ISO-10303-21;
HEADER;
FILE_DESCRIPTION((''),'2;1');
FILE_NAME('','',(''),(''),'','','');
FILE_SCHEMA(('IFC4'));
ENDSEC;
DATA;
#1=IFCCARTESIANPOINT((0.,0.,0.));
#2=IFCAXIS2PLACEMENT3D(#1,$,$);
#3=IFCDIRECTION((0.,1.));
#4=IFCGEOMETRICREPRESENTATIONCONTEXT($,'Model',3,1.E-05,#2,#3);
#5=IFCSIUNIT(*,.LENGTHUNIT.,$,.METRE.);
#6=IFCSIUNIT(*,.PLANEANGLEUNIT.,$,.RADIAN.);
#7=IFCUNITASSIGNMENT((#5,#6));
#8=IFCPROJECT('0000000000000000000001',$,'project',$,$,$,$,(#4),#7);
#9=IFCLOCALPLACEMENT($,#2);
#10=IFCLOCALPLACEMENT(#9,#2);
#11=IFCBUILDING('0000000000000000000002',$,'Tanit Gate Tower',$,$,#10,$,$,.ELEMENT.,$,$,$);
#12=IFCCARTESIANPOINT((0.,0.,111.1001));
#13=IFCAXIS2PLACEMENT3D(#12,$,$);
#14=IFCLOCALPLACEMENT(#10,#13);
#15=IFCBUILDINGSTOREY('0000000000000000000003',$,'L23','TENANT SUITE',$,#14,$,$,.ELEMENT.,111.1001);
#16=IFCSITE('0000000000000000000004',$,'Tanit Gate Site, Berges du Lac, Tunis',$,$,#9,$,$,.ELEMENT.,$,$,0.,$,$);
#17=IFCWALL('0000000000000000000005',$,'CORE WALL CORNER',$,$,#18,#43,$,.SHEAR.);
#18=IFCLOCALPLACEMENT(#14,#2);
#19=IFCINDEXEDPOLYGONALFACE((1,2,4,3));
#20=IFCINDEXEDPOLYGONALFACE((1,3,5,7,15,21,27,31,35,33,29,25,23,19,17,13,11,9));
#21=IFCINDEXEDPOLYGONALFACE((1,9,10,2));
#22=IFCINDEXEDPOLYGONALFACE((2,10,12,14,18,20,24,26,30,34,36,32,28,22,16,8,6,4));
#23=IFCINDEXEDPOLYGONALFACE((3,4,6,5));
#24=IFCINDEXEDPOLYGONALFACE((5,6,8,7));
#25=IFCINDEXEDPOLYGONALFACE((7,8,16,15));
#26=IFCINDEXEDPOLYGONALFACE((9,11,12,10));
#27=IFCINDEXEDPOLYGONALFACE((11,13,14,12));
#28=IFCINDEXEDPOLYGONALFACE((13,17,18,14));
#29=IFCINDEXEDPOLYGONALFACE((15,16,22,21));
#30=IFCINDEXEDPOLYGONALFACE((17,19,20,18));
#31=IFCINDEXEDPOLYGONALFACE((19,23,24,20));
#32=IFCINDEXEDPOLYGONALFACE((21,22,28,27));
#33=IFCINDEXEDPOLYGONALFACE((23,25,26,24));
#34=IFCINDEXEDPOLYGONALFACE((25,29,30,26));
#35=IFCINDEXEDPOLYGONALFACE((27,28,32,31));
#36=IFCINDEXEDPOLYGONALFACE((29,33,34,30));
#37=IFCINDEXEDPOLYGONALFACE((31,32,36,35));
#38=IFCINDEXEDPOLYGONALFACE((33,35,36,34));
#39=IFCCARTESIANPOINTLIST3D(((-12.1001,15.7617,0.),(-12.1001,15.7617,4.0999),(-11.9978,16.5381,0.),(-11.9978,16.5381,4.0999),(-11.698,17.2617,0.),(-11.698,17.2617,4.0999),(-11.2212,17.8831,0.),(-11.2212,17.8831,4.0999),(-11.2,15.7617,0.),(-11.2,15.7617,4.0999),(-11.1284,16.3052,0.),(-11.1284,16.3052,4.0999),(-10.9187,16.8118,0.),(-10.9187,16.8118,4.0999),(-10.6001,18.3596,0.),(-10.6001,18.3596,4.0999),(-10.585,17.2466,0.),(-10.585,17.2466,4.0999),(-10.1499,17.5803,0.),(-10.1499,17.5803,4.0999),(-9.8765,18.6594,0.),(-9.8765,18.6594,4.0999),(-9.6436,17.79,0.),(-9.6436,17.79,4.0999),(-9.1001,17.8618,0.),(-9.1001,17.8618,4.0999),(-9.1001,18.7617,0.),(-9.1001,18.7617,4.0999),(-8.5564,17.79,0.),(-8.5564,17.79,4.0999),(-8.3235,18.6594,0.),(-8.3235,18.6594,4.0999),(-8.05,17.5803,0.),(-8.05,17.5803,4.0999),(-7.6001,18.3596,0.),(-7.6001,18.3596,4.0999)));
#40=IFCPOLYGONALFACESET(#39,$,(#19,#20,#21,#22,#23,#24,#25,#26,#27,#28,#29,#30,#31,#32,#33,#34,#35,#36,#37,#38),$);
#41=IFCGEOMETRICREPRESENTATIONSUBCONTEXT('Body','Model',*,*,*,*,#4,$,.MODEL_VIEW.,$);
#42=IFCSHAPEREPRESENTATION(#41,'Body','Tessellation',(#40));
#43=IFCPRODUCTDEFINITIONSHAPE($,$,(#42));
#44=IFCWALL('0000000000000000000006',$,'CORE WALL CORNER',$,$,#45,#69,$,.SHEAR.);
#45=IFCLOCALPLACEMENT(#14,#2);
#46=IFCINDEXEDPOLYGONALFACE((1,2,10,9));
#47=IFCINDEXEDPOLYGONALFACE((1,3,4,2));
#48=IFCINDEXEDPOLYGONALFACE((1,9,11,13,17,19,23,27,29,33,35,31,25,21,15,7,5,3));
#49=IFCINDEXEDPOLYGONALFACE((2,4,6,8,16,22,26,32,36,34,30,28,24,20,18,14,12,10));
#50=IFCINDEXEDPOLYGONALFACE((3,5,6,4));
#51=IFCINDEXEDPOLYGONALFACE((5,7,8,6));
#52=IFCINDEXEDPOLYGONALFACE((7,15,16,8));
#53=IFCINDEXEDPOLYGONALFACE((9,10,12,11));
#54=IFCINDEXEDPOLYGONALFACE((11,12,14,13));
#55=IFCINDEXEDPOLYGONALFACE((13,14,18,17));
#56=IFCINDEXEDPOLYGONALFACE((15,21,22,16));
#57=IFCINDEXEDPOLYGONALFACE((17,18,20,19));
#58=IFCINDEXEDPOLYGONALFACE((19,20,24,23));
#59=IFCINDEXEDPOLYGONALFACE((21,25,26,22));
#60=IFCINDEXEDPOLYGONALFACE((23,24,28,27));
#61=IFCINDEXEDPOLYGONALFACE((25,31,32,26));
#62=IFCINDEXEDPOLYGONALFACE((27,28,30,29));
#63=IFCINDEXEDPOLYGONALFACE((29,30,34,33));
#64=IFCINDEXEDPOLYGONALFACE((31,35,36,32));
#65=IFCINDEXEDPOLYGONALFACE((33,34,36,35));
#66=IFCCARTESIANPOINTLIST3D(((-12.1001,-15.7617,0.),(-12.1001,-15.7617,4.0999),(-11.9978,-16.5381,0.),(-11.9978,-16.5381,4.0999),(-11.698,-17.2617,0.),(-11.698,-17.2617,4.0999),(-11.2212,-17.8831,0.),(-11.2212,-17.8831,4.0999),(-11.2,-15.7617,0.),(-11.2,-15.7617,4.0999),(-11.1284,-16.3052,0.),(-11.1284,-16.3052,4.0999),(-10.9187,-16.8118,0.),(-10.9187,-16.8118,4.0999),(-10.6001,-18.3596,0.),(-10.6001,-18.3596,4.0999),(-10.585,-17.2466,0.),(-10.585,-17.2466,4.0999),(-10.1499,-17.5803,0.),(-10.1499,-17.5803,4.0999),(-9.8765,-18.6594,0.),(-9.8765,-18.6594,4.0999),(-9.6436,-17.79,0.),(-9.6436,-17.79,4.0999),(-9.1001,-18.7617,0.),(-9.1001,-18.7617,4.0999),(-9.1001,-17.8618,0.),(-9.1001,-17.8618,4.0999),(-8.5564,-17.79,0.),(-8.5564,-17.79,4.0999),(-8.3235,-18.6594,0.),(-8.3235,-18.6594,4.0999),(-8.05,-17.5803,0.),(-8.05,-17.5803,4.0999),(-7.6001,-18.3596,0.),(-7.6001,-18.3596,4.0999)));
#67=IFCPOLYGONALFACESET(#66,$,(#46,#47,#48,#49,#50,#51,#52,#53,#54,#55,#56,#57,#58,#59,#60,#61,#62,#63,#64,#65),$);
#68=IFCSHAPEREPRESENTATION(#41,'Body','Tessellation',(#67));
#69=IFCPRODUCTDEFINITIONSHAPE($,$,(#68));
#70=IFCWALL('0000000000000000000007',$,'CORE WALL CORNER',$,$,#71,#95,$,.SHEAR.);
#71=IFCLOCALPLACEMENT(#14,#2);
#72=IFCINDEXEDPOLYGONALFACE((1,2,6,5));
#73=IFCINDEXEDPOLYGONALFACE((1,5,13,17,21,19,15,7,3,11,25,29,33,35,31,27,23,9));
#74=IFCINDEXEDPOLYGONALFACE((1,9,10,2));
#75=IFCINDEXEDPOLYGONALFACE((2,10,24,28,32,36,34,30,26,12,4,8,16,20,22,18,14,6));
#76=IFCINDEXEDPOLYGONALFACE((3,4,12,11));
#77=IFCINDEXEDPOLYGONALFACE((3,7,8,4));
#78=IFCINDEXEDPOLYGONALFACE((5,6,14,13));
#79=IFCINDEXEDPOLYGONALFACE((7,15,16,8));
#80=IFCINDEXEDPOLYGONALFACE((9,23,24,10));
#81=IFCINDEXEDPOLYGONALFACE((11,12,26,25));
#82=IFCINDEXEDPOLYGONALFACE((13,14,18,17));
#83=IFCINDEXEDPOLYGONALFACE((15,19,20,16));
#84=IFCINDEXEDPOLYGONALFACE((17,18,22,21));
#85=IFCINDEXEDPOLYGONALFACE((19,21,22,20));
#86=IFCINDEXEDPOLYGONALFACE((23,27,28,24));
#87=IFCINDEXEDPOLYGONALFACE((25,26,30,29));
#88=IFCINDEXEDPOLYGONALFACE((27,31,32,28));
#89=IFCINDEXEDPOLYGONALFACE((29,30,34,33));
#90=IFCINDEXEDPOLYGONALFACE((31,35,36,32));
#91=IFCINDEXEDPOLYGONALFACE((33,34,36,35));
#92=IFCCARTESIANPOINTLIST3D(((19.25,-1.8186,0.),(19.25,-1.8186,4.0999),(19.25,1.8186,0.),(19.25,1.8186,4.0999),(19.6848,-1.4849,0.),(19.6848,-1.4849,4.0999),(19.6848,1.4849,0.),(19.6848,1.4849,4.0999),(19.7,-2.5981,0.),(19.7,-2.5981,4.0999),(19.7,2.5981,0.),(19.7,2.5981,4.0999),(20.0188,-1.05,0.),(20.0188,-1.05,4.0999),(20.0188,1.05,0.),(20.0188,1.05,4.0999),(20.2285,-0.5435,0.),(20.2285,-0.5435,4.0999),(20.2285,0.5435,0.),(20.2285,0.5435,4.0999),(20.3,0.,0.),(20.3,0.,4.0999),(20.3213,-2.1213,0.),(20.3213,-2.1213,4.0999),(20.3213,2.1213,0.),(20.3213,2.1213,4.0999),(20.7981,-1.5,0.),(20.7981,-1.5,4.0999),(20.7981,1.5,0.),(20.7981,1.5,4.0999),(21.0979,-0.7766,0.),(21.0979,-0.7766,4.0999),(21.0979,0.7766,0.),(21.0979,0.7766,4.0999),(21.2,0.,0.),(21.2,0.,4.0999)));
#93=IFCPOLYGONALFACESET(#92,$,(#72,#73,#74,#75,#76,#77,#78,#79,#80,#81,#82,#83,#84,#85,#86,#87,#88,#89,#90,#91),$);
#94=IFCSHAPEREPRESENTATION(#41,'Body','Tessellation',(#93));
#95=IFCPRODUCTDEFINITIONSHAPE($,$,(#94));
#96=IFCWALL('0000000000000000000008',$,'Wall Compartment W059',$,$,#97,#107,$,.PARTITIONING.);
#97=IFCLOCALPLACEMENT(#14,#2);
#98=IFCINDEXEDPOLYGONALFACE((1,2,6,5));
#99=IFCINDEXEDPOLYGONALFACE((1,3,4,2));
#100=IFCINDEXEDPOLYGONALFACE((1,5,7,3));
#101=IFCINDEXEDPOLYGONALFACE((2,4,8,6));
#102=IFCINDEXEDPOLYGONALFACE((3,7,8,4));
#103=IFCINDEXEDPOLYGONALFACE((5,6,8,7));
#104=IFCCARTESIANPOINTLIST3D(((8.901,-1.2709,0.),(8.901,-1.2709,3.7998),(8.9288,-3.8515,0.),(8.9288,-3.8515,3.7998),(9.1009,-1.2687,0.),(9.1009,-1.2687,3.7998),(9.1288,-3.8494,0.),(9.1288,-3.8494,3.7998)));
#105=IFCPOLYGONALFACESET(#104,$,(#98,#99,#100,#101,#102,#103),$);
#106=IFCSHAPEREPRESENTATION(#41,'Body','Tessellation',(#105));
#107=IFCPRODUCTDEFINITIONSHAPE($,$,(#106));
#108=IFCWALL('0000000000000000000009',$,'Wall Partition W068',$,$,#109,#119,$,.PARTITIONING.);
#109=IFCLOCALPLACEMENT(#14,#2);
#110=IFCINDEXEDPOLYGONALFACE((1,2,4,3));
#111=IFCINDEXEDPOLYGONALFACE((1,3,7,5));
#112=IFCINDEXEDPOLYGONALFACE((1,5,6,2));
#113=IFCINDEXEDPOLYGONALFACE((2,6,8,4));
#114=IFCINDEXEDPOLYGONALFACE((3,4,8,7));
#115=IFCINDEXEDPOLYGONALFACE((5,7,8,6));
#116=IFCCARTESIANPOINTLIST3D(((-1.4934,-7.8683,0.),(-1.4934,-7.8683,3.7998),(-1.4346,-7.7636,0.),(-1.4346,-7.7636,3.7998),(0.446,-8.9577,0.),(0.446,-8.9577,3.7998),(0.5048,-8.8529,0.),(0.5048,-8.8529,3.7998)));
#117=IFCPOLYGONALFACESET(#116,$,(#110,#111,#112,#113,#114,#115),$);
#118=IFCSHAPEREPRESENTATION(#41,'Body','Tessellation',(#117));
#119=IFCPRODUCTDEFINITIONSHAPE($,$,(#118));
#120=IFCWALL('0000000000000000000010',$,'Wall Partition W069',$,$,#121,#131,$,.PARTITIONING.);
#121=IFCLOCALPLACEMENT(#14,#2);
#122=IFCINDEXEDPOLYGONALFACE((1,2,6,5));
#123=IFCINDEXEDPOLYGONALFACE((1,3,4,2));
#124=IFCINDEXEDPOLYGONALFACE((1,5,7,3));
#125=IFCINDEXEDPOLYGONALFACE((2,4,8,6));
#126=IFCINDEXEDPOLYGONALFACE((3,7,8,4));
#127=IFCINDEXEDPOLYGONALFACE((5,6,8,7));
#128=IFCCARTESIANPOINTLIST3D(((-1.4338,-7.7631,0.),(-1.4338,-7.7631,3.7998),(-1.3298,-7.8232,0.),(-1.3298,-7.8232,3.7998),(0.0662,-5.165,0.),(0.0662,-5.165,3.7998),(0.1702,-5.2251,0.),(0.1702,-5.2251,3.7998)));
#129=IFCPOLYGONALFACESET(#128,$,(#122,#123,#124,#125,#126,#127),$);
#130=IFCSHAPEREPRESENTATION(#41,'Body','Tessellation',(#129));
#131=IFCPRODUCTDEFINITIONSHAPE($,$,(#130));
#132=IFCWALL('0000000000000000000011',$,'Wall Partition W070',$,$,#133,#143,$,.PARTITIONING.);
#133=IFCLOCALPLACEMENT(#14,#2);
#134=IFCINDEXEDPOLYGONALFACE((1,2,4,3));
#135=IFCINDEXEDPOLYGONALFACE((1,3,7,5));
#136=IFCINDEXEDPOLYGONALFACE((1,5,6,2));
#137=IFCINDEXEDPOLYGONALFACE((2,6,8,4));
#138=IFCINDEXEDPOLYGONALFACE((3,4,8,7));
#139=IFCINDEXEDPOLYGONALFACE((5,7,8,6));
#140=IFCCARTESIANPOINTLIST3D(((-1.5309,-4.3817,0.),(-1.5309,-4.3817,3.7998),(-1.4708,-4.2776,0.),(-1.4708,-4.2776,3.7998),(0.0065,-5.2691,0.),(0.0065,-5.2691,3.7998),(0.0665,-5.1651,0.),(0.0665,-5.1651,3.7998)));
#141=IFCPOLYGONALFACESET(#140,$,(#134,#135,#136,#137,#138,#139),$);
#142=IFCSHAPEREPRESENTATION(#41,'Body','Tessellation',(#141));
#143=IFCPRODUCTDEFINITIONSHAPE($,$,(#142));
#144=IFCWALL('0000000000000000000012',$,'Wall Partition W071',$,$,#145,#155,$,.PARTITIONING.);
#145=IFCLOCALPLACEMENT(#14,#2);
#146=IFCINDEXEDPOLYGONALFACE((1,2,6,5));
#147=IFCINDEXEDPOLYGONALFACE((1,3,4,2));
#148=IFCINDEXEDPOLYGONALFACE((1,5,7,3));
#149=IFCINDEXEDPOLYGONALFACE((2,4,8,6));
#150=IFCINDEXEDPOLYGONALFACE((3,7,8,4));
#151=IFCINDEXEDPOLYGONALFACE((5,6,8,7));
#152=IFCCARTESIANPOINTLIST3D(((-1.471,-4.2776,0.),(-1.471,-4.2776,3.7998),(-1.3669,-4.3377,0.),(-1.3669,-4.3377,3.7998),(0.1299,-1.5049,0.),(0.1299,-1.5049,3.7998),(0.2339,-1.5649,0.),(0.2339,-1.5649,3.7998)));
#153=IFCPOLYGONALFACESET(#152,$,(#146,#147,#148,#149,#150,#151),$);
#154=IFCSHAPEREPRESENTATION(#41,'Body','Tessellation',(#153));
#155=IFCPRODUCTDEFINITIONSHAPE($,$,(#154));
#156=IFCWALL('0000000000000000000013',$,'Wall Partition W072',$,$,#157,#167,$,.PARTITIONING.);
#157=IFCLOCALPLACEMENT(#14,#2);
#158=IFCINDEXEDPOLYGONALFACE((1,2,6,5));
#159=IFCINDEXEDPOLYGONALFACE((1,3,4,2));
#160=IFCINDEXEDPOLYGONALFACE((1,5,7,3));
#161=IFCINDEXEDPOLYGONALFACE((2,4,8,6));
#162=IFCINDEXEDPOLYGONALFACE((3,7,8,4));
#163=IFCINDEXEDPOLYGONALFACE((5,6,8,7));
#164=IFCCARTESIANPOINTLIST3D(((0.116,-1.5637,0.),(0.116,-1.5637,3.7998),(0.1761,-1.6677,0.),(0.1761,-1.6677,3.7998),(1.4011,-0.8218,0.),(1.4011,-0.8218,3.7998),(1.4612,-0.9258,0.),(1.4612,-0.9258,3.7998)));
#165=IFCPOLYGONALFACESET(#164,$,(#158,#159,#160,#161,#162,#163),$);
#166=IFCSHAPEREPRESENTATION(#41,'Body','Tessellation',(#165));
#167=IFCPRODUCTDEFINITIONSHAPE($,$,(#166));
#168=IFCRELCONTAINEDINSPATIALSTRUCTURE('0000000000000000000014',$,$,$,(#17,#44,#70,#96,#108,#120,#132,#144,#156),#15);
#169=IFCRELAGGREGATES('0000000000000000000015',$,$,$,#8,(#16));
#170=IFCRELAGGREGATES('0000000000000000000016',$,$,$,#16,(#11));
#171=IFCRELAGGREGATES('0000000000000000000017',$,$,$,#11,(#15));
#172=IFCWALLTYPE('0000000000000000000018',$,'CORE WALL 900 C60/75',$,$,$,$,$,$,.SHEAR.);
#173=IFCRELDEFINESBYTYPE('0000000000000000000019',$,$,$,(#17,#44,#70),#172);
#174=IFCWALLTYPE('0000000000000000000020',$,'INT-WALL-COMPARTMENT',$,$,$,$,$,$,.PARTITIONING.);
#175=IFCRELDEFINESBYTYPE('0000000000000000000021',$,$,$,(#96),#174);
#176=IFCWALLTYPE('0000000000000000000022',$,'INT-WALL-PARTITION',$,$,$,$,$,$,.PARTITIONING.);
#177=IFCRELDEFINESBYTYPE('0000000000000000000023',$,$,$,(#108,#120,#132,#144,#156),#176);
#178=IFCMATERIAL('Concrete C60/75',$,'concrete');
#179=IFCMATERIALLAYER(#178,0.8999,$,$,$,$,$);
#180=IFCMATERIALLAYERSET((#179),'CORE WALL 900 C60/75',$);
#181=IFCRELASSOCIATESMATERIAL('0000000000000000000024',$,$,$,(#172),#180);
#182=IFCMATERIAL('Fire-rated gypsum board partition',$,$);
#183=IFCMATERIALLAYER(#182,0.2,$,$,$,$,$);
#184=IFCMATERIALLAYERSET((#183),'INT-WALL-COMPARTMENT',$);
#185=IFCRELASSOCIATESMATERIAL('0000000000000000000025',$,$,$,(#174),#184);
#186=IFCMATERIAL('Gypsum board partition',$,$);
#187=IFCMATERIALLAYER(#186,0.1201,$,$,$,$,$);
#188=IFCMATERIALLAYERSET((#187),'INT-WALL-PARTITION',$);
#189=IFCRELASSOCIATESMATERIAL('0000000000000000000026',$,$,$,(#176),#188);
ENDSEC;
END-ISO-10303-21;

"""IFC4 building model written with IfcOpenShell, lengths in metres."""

from ifc_helpers import new_model, si_unit, direction, frame, frame_2d, origin, place, context, subcontext, project, spatial, polyline, rectangle, outline, extrude, material, layer, layer_set, type_object, element, save


model = new_model("IFC4")

# Units and contexts
model_context = context("Model", 3, precision=1e-05, world=origin(), true_north=direction((0.0, 1.0)))
body_context = subcontext(model_context, "Body", "Model", "MODEL_VIEW")
ifc_project = project(units=[si_unit("LENGTHUNIT", "METRE"), si_unit("PLANEANGLEUNIT", "RADIAN")], contexts=[model_context])

# Site, building, storey
site_placement = place(None, origin())
site = spatial("IfcSite", under=ifc_project, at=site_placement, Name="Tanit Gate Site, Berges du Lac, Tunis", CompositionType="ELEMENT", RefElevation=0.0)
building_placement = place(site_placement, origin())
building = spatial("IfcBuilding", under=site, at=building_placement, Name="Tanit Gate Tower", CompositionType="ELEMENT")
storey_placement = place(building_placement, frame((0.0, 0.0, 111.1001)))
storey = spatial("IfcBuildingStorey", under=building, at=storey_placement, Name="L23", Description="TENANT SUITE", CompositionType="ELEMENT", Elevation=111.1001)

# Walls
ifc_material_1 = material(Name="Concrete C60/75", Category="concrete")
ifc_layer_1 = layer(ifc_material_1, 0.8999)
ifc_layer_set_1 = layer_set([ifc_layer_1], Name="CORE WALL 900 C60/75")
wall_type_1 = type_object("IfcWallType", Name="CORE WALL 900 C60/75", PredefinedType="SHEAR", material=ifc_layer_set_1)
wall_1_placement = place(storey_placement, origin())
element("IfcWall", 1, at=wall_1_placement, inside=storey, type_object=wall_type_1, Name="CORE WALL CORNER", PredefinedType="SHEAR", context=body_context, shape_type="SweptSolid", body=[
    extrude(outline(polyline([(-7.6001, 18.3596), (-8.3235, 18.6594), (-9.1001, 18.7617), (-9.8765, 18.6594), (-10.6001, 18.3596), (-11.2212, 17.8831), (-11.698, 17.2617), (-11.9978, 16.5381), (-12.1001, 15.7617), (-11.2, 15.7617), (-11.1284, 16.3052), (-10.9187, 16.8118), (-10.585, 17.2466), (-10.1499, 17.5803), (-9.6436, 17.79), (-9.1001, 17.8618), (-8.5564, 17.79), (-8.05, 17.5803), (-7.6001, 18.3596)])), origin(), (0.0, 0.0, 1.0), 4.0999),
])
wall_2_placement = place(storey_placement, origin())
element("IfcWall", 2, at=wall_2_placement, inside=storey, type_object=wall_type_1, Name="CORE WALL CORNER", PredefinedType="SHEAR", context=body_context, shape_type="SweptSolid", body=[
    extrude(outline(polyline([(-12.1001, -15.7617), (-11.9978, -16.5381), (-11.698, -17.2617), (-11.2212, -17.8831), (-10.6001, -18.3596), (-9.8765, -18.6594), (-9.1001, -18.7617), (-8.3235, -18.6594), (-7.6001, -18.3596), (-8.05, -17.5803), (-8.5564, -17.79), (-9.1001, -17.8618), (-9.6436, -17.79), (-10.1499, -17.5803), (-10.585, -17.2466), (-10.9187, -16.8118), (-11.1284, -16.3052), (-11.2, -15.7617), (-12.1001, -15.7617)])), origin(), (0.0, 0.0, 1.0), 4.0999),
])
wall_3_placement = place(storey_placement, origin())
element("IfcWall", 3, at=wall_3_placement, inside=storey, type_object=wall_type_1, Name="CORE WALL CORNER", PredefinedType="SHEAR", context=body_context, shape_type="SweptSolid", body=[
    extrude(outline(polyline([(19.7, -2.5981), (20.3213, -2.1213), (20.7981, -1.5), (21.0979, -0.7766), (21.2, 0.0), (21.0979, 0.7766), (20.7981, 1.5), (20.3213, 2.1213), (19.7, 2.5981), (19.25, 1.8186), (19.6848, 1.4849), (20.0188, 1.05), (20.2285, 0.5435), (20.3, 0.0), (20.2285, -0.5435), (20.0188, -1.05), (19.6848, -1.4849), (19.25, -1.8186), (19.7, -2.5981)])), origin(), (0.0, 0.0, 1.0), 4.0999),
])
ifc_material_2 = material(Name="Fire-rated gypsum board partition")
ifc_layer_2 = layer(ifc_material_2, 0.2)
ifc_layer_set_2 = layer_set([ifc_layer_2], Name="INT-WALL-COMPARTMENT")
wall_type_2 = type_object("IfcWallType", Name="INT-WALL-COMPARTMENT", PredefinedType="PARTITIONING", material=ifc_layer_set_2)
wall_4_placement = place(storey_placement, frame((9.0288, -3.8506, 0.0), z_axis=(0.0, 0.0, 1.0), x_axis=(-0.010785, 0.999942, 0.0)))
element("IfcWall", 4, at=wall_4_placement, inside=storey, type_object=wall_type_2, Name="Wall Compartment W059", PredefinedType="PARTITIONING", context=body_context, shape_type="SweptSolid", body=[
    extrude(rectangle(XDim=2.5808, YDim=0.2, at=frame_2d((1.2905, 0.0))), origin(), (0.0, 0.0, 1.0), 3.7998),
])
ifc_material_3 = material(Name="Gypsum board partition")
ifc_layer_3 = layer(ifc_material_3, 0.1201)
ifc_layer_set_3 = layer_set([ifc_layer_3], Name="INT-WALL-PARTITION")
wall_type_3 = type_object("IfcWallType", Name="INT-WALL-PARTITION", PredefinedType="PARTITIONING", material=ifc_layer_set_3)
wall_5_placement = place(storey_placement, frame((-1.4641, -7.8159, 0.0), z_axis=(0.0, 0.0, 1.0), x_axis=(0.87188, -0.489719, 0.0)))
element("IfcWall", 5, at=wall_5_placement, inside=storey, type_object=wall_type_3, Name="Wall Partition W068", PredefinedType="PARTITIONING", context=body_context, shape_type="SweptSolid", body=[
    extrude(rectangle(XDim=2.2244, YDim=0.1201, at=frame_2d((1.1123, 0.0))), origin(), (0.0, 0.0, 1.0), 3.7998),
])
wall_6_placement = place(storey_placement, frame((0.1182, -5.1951, 0.0), z_axis=(0.0, 0.0, 1.0), x_axis=(-0.49999, -0.866031, 0.0)))
element("IfcWall", 6, at=wall_6_placement, inside=storey, type_object=wall_type_3, Name="Wall Partition W069", PredefinedType="PARTITIONING", context=body_context, shape_type="SweptSolid", body=[
    extrude(rectangle(XDim=3.0, YDim=0.1201, at=frame_2d((1.5, 0.0))), origin(), (0.0, 0.0, 1.0), 3.7998),
])
wall_7_placement = place(storey_placement, frame((-1.501, -4.3296, 0.0), z_axis=(0.0, 0.0, 1.0), x_axis=(0.86606, -0.499941, 0.0)))
element("IfcWall", 7, at=wall_7_placement, inside=storey, type_object=wall_type_3, Name="Wall Partition W070", PredefinedType="PARTITIONING", context=body_context, shape_type="SweptSolid", body=[
    extrude(rectangle(XDim=1.7751, YDim=0.1201, at=frame_2d((0.8877, 0.0))), origin(), (0.0, 0.0, 1.0), 3.7998),
])
wall_8_placement = place(storey_placement, frame((0.1819, -1.5349, 0.0), z_axis=(0.0, 0.0, 1.0), x_axis=(-0.500002, -0.866024, 0.0)))
element("IfcWall", 8, at=wall_8_placement, inside=storey, type_object=wall_type_3, Name="Wall Partition W071", PredefinedType="PARTITIONING", context=body_context, shape_type="SweptSolid", body=[
    extrude(rectangle(XDim=3.2017, YDim=0.1201, at=frame_2d((1.6008, 0.0))), origin(), (0.0, 0.0, 1.0), 3.7998),
])
wall_9_placement = place(storey_placement, frame((1.4312, -0.8738, 0.0), z_axis=(0.0, 0.0, 1.0), x_axis=(-0.866038, -0.499979, 0.0)))
element("IfcWall", 9, at=wall_9_placement, inside=storey, type_object=wall_type_3, Name="Wall Partition W072", PredefinedType="PARTITIONING", context=body_context, shape_type="SweptSolid", body=[
    extrude(rectangle(XDim=1.4839, YDim=0.1201, at=frame_2d((0.7419, 0.0))), origin(), (0.0, 0.0, 1.0), 3.7998),
])

save(model, "model.ifc")
